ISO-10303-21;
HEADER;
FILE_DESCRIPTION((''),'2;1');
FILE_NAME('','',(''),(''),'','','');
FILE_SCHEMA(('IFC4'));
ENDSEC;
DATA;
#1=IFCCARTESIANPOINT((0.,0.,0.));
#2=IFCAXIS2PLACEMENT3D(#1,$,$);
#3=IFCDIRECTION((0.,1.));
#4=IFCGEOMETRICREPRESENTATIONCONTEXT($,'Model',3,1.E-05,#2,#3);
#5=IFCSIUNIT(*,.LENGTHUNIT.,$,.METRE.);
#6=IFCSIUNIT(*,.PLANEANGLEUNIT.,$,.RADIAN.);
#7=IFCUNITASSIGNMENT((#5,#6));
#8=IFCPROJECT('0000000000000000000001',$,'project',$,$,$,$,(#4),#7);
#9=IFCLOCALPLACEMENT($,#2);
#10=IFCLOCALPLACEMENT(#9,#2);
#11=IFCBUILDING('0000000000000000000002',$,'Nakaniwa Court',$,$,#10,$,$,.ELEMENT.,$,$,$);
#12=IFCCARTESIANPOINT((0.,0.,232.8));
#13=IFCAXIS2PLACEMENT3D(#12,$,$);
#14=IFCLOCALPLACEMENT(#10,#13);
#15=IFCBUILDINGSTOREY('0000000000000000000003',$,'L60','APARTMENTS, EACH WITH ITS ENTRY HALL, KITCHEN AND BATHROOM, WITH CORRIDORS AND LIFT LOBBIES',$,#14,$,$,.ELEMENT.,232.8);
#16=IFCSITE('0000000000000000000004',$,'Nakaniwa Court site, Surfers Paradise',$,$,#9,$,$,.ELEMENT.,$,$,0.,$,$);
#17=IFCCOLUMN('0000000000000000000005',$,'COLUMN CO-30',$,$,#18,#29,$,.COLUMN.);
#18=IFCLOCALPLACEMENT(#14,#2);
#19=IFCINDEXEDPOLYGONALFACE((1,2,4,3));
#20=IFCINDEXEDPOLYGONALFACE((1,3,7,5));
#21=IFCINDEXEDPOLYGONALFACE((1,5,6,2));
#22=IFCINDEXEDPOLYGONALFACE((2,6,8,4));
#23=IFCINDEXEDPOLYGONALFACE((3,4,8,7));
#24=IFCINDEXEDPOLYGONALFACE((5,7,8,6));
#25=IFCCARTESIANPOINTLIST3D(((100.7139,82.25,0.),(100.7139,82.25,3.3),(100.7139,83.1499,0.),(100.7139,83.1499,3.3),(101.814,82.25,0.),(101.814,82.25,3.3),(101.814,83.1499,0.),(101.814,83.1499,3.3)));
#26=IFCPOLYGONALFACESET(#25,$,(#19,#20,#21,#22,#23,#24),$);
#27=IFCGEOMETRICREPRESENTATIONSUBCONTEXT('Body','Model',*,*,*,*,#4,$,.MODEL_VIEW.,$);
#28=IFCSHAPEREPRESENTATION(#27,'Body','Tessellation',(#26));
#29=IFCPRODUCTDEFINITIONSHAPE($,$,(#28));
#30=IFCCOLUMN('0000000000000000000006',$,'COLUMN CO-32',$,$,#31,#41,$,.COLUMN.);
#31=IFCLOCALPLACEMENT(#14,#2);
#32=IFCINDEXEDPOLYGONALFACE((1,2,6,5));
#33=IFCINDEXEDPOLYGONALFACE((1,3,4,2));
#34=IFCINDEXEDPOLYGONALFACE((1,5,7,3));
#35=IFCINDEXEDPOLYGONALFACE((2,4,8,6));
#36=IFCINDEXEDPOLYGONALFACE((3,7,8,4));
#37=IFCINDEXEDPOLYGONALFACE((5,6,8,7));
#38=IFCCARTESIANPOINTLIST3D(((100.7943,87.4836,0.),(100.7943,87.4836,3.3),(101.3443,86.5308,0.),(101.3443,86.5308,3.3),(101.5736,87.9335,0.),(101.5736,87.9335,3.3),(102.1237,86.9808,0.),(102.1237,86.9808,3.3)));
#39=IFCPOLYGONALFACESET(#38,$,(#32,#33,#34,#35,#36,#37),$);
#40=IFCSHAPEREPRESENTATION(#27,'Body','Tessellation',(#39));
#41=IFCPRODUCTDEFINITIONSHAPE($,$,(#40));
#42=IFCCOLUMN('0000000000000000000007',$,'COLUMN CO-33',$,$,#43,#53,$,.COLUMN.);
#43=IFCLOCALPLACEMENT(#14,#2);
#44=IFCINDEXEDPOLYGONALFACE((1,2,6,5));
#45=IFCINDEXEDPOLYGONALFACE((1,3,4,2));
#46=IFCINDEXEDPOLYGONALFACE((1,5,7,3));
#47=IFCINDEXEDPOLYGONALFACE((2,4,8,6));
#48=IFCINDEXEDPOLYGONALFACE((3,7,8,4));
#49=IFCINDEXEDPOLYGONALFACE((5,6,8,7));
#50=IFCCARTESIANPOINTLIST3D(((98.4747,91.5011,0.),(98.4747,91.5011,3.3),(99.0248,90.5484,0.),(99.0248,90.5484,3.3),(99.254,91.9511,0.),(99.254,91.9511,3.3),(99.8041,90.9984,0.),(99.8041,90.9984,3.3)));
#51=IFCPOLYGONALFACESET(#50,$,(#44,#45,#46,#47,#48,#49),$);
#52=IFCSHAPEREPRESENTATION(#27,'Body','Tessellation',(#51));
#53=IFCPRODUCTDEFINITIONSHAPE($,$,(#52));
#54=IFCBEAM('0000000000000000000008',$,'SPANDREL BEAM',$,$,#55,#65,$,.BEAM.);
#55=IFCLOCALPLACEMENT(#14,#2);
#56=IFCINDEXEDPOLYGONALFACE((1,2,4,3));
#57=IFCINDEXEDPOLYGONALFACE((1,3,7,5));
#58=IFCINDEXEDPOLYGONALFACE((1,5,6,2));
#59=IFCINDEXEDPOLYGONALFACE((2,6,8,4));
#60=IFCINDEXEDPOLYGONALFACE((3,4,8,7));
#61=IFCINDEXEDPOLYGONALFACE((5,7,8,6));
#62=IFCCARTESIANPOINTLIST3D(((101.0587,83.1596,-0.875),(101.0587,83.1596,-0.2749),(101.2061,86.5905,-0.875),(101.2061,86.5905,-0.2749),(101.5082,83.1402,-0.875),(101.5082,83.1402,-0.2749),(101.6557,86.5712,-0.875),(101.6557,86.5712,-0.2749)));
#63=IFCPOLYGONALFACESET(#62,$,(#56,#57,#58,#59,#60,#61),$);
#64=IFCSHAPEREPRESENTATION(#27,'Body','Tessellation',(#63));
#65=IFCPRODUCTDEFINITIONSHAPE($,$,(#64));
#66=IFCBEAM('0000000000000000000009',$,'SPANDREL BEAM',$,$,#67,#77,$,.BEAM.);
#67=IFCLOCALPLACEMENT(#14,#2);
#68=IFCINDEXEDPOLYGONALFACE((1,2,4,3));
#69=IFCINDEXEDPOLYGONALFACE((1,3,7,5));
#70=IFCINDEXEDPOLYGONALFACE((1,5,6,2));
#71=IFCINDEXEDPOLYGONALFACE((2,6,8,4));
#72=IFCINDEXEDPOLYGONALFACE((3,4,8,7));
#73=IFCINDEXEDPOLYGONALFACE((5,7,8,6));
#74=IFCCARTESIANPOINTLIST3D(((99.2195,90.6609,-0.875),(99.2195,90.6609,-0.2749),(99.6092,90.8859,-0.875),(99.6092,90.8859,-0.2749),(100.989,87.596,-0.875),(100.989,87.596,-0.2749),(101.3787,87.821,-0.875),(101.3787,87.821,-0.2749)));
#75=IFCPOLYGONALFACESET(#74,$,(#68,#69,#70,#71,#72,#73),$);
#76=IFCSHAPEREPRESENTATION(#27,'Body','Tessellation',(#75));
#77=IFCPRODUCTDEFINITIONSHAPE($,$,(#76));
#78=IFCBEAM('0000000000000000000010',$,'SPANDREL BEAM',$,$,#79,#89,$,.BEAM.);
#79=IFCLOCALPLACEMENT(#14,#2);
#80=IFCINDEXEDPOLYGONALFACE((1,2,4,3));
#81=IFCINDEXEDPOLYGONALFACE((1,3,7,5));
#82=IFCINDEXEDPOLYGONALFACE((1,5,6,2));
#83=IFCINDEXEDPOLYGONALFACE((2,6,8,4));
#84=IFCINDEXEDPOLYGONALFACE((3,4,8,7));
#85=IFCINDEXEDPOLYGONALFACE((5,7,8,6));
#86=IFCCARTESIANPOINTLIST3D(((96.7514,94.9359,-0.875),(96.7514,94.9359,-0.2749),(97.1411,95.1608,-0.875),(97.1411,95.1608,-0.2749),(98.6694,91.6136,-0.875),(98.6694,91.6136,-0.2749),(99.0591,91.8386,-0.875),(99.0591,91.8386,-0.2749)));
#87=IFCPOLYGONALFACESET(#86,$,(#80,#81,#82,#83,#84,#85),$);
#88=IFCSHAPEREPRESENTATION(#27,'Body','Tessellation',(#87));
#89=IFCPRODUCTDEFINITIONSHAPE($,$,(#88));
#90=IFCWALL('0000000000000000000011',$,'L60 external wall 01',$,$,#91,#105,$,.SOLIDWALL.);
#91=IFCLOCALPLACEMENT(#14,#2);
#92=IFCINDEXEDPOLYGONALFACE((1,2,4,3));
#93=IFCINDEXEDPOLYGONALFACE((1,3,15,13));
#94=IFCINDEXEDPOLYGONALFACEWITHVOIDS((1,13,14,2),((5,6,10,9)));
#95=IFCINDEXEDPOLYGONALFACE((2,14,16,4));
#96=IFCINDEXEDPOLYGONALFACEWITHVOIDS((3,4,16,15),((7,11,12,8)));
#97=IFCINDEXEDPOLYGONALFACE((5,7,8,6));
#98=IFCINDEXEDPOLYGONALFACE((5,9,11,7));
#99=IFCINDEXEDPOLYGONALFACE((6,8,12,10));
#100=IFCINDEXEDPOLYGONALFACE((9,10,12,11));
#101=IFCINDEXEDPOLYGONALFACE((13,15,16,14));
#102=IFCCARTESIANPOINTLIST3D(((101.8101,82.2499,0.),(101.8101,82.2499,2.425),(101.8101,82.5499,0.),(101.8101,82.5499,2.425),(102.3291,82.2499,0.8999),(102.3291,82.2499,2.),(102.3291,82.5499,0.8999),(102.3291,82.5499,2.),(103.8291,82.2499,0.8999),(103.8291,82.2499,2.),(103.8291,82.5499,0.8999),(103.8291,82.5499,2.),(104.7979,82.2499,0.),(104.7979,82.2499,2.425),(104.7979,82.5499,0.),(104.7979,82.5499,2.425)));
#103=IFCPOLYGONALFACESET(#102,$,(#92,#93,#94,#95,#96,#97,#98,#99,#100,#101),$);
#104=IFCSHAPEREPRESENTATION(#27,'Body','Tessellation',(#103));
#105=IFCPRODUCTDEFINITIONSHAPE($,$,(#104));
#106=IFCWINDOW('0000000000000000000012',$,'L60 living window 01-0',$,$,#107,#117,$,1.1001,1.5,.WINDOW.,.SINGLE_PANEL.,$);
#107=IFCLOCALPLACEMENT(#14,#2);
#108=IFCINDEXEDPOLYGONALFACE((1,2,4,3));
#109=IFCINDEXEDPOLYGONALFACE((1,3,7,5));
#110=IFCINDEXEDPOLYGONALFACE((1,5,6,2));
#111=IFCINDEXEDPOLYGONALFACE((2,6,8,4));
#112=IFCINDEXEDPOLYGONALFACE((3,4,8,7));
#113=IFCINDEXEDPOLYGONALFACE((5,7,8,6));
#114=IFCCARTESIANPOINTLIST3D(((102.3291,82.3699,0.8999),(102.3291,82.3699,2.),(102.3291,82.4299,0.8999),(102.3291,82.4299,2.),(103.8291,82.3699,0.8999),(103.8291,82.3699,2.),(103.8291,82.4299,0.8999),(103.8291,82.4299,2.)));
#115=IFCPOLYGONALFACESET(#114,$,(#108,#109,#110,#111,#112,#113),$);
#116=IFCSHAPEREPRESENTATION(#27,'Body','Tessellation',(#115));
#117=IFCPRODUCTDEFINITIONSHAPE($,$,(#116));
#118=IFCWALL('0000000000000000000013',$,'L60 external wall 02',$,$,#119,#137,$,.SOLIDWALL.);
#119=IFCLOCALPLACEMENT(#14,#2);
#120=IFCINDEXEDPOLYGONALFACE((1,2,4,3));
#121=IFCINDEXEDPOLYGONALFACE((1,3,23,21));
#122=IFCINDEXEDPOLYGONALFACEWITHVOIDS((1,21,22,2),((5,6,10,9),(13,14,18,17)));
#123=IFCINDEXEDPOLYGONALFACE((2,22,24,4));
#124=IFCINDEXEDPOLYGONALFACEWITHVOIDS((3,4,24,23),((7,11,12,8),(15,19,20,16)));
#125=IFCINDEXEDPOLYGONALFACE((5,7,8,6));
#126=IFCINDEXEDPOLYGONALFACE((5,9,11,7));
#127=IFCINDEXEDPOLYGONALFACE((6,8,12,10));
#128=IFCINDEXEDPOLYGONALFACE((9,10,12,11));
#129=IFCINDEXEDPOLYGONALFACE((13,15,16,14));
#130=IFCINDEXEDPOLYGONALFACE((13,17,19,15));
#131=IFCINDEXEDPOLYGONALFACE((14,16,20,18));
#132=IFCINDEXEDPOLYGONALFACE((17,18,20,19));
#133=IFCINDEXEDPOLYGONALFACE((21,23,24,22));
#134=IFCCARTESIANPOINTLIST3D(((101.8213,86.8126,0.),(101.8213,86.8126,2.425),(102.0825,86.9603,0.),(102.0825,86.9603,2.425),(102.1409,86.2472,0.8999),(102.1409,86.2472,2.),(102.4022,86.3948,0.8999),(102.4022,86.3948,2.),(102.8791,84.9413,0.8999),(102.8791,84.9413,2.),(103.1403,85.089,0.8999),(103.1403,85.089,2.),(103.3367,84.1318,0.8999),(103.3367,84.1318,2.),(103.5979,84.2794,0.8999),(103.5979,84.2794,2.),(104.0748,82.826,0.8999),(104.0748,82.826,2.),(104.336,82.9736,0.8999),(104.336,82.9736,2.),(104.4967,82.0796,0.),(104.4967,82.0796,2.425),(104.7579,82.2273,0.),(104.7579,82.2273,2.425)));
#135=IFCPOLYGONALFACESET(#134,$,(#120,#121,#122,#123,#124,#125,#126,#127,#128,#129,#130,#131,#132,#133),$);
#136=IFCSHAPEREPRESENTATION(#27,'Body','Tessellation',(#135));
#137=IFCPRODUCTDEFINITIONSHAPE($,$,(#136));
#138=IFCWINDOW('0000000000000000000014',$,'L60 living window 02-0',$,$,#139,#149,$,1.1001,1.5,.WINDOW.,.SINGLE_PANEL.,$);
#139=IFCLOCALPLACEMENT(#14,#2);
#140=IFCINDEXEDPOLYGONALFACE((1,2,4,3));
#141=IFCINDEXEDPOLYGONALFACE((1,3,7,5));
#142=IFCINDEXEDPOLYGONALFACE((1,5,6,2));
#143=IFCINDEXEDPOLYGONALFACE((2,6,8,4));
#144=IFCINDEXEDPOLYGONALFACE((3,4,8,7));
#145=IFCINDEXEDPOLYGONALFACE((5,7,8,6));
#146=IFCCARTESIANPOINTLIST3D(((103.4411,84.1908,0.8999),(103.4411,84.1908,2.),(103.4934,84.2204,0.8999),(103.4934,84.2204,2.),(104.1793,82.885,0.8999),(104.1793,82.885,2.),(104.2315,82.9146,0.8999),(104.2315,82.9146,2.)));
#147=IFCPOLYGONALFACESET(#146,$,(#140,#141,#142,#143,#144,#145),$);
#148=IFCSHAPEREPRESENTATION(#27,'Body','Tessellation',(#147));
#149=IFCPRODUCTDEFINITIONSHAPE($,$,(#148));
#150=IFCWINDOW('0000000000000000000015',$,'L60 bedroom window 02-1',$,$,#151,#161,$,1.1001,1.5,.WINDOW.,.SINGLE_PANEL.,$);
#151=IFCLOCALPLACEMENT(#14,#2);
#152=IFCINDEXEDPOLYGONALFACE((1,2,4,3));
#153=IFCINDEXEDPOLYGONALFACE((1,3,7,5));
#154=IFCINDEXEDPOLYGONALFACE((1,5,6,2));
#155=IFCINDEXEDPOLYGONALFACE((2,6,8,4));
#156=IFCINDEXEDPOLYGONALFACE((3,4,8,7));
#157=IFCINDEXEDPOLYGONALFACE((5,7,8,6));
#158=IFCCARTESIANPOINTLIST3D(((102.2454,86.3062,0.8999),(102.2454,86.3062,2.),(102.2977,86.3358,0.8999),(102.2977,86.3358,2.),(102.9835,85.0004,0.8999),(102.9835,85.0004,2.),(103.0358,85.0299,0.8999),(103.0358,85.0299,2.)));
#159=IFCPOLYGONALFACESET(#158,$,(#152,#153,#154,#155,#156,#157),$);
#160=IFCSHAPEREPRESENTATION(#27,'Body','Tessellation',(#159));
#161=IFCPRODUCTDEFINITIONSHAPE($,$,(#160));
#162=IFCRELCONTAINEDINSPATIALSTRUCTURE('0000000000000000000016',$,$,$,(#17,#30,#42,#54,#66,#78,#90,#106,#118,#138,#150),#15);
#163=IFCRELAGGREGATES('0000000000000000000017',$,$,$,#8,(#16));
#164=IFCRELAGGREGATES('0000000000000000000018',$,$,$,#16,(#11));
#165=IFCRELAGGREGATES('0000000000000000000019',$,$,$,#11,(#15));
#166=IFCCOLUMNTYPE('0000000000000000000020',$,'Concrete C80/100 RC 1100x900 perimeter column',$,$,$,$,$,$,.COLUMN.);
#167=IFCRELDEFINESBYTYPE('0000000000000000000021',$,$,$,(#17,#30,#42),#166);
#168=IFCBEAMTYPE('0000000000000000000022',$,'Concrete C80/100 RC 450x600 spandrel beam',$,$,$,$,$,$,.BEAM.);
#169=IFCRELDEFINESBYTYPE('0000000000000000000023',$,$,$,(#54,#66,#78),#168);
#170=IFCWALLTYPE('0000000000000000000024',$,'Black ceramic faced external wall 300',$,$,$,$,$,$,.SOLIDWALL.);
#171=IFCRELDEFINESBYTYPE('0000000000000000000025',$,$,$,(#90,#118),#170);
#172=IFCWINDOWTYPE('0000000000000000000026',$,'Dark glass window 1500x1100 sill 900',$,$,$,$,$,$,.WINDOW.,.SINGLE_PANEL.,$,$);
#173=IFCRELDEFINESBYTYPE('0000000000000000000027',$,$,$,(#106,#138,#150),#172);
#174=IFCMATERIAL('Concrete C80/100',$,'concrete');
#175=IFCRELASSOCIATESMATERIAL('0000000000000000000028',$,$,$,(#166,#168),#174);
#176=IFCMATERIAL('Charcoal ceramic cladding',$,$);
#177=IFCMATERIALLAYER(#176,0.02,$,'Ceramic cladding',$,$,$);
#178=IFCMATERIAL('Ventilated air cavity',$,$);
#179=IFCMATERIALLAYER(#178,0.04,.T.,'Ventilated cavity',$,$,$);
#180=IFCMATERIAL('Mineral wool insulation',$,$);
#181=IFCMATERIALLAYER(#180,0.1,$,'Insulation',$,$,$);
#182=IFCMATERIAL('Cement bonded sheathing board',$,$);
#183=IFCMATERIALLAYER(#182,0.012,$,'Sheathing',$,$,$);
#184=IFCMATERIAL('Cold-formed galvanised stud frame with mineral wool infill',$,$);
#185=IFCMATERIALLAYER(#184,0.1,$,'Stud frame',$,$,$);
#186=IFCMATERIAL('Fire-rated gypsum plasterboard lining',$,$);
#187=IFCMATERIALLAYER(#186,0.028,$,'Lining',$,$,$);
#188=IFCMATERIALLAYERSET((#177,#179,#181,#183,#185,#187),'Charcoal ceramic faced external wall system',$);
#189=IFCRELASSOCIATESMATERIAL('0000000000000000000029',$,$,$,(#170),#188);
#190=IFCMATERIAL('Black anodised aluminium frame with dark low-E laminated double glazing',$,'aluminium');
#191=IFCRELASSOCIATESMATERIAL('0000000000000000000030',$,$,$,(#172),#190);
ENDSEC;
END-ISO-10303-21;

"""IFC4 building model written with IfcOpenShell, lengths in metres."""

from ifc_helpers import new_model, si_unit, direction, frame, frame_2d, origin, origin_2d, place, context, subcontext, project, spatial, rectangle, extrude, material, layer, layer_set, material_profile, profile_set, type_object, element, fill, save


model = new_model("IFC4")

# Units and contexts
model_context = context("Model", 3, precision=1e-05, world=origin(), true_north=direction((0.0, 1.0)))
body_context = subcontext(model_context, "Body", "Model", "MODEL_VIEW")
ifc_project = project(units=[si_unit("LENGTHUNIT", "METRE"), si_unit("PLANEANGLEUNIT", "RADIAN")], contexts=[model_context])

# Site, building, storey
site_placement = place(None, origin())
site = spatial("IfcSite", under=ifc_project, at=site_placement, Name="Nakaniwa Court site, Surfers Paradise", CompositionType="ELEMENT", RefElevation=0.0)
building_placement = place(site_placement, origin())
building = spatial("IfcBuilding", under=site, at=building_placement, Name="Nakaniwa Court", CompositionType="ELEMENT")
storey_placement = place(building_placement, frame((0.0, 0.0, 232.8)))
storey = spatial("IfcBuildingStorey", under=building, at=storey_placement, Name="L60", Description="APARTMENTS, EACH WITH ITS ENTRY HALL, KITCHEN AND BATHROOM, WITH CORRIDORS AND LIFT LOBBIES", CompositionType="ELEMENT", Elevation=232.8)

# Columns
ifc_material_1 = material(Name="Concrete C80/100", Category="concrete")
ifc_material_profile_1 = material_profile(ifc_material_1, rectangle(XDim=1.1001, YDim=0.8999, at=origin_2d()), Name="Concrete C80/100 RC 1100x900 perimeter column")
ifc_profile_set_1 = profile_set([ifc_material_profile_1], Name="Concrete C80/100")
column_type = type_object("IfcColumnType", Name="Concrete C80/100 RC 1100x900 perimeter column", PredefinedType="COLUMN", material=ifc_profile_set_1)
for number, where, z_axis, x_axis, name in (
    (1, (101.2639, 82.7, 0.0), (0.0, 0.0, 1.0), (1.0, 0.0, 0.0), "COLUMN CO-30"),
    (2, (101.459, 87.2322, 0.0), (0.0, 0.0, 1.0), (-0.5, 0.866025, 0.0), "COLUMN CO-32"),
    (3, (99.1394, 91.2498, 0.0), (0.0, 0.0, 1.0), (-0.5, 0.866025, 0.0), "COLUMN CO-33"),
):
    element("IfcColumn", number, at=place(storey_placement, frame(where, z_axis=z_axis, x_axis=x_axis)), inside=storey, type_object=column_type, Name=name, PredefinedType="COLUMN", context=body_context, shape_type="SweptSolid", body=[
        extrude(rectangle(XDim=1.1001, YDim=0.8999, at=origin_2d()), origin(), (0.0, 0.0, 1.0), 3.3),
    ])

# Beams
ifc_material_profile_2 = material_profile(ifc_material_1, rectangle(XDim=0.45, YDim=0.6001, at=origin_2d()), Name="Concrete C80/100 RC 450x600 spandrel beam")
ifc_profile_set_2 = profile_set([ifc_material_profile_2], Name="Concrete C80/100")
beam_type = type_object("IfcBeamType", Name="Concrete C80/100 RC 450x600 spandrel beam", PredefinedType="BEAM", material=ifc_profile_set_2)
beam_1_placement = place(storey_placement, frame((101.2834, 83.1499, -0.575), z_axis=(0.042941, 0.999078, 0.0), x_axis=(-0.999078, 0.042941, 0.0)))
element("IfcBeam", 4, at=beam_1_placement, inside=storey, type_object=beam_type, Name="SPANDREL BEAM", PredefinedType="BEAM", context=body_context, shape_type="SweptSolid", body=[
    extrude(rectangle(XDim=0.45, YDim=0.6001, at=origin_2d()), origin(), (0.0, 0.0, 1.0), 3.4341),
])
beam_2_placement = place(storey_placement, frame((101.1838, 87.7085, -0.575), z_axis=(-0.499997, 0.866027, 0.0), x_axis=(-0.866027, -0.499997, 0.0)))
element("IfcBeam", 5, at=beam_2_placement, inside=storey, type_object=beam_type, Name="SPANDREL BEAM", PredefinedType="BEAM", context=body_context, shape_type="SweptSolid", body=[
    extrude(rectangle(XDim=0.45, YDim=0.6001, at=origin_2d()), origin(), (0.0, 0.0, 1.0), 3.5391),
])
beam_3_placement = place(storey_placement, frame((98.8643, 91.7261, -0.575), z_axis=(-0.499972, 0.866041, 0.0), x_axis=(-0.866041, -0.499972, 0.0)))
element("IfcBeam", 6, at=beam_3_placement, inside=storey, type_object=beam_type, Name="SPANDREL BEAM", PredefinedType="BEAM", context=body_context, shape_type="SweptSolid", body=[
    extrude(rectangle(XDim=0.45, YDim=0.6001, at=origin_2d()), origin(), (0.0, 0.0, 1.0), 3.8362),
])

# Wall, opening, window
ifc_material_2 = material(Name="Charcoal ceramic cladding")
ifc_layer_1 = layer(ifc_material_2, 0.02, Name="Ceramic cladding")
ifc_material_3 = material(Name="Ventilated air cavity")
ifc_layer_2 = layer(ifc_material_3, 0.04, ventilated=True, Name="Ventilated cavity")
ifc_material_4 = material(Name="Mineral wool insulation")
ifc_layer_3 = layer(ifc_material_4, 0.1, Name="Insulation")
ifc_material_5 = material(Name="Cement bonded sheathing board")
ifc_layer_4 = layer(ifc_material_5, 0.012, Name="Sheathing")
ifc_material_6 = material(Name="Cold-formed galvanised stud frame with mineral wool infill")
ifc_layer_5 = layer(ifc_material_6, 0.1, Name="Stud frame")
ifc_material_7 = material(Name="Fire-rated gypsum plasterboard lining")
ifc_layer_6 = layer(ifc_material_7, 0.028, Name="Lining")
ifc_layer_set = layer_set([ifc_layer_1, ifc_layer_2, ifc_layer_3, ifc_layer_4, ifc_layer_5, ifc_layer_6], Name="Charcoal ceramic faced external wall system")
wall_type = type_object("IfcWallType", Name="Black ceramic faced external wall 300", PredefinedType="SOLIDWALL", material=ifc_layer_set)
wall_1_placement = place(storey_placement, frame((101.8101, 82.3999, 0.0), z_axis=(0.0, 0.0, 1.0), x_axis=(1.0, 0.0, 0.0)))
wall_1 = element("IfcWall", 7, at=wall_1_placement, inside=storey, type_object=wall_type, Name="L60 external wall 01", PredefinedType="SOLIDWALL", context=body_context, shape_type="SweptSolid", body=[
    extrude(rectangle(XDim=2.9878, YDim=0.3, at=frame_2d((1.4939, 0.0))), origin(), (0.0, 0.0, 1.0), 2.425),
])
opening_1_placement = place(wall_1_placement, frame((0.519, 0.0, 0.8999)))
opening_1 = element("IfcOpeningElement", 8, at=opening_1_placement, cuts=wall_1, PredefinedType="OPENING", context=body_context, shape_type="SweptSolid", body=[
    extrude(rectangle(XDim=1.5, YDim=1.1001, at=frame_2d((0.75, 0.55))), frame((0.0, 0.1599, 0.0), z_axis=(0.0, -1.0, 0.0), x_axis=(1.0, 0.0, 0.0)), (0.0, 0.0, 1.0), 0.3201),
])
ifc_material_8 = material(Name="Black anodised aluminium frame with dark low-E laminated double glazing", Category="aluminium")
window_type = type_object("IfcWindowType", Name="Dark glass window 1500x1100 sill 900", PartitioningType="SINGLE_PANEL", PredefinedType="WINDOW", material=ifc_material_8)
window_1_placement = place(opening_1_placement, origin())
window_1 = element("IfcWindow", 9, at=window_1_placement, inside=storey, type_object=window_type, Name="L60 living window 01-0", OverallHeight=1.1001, OverallWidth=1.5, PartitioningType="SINGLE_PANEL", PredefinedType="WINDOW", context=body_context, shape_type="SweptSolid", body=[
    extrude(rectangle(XDim=1.5, YDim=1.1001, at=frame_2d((0.75, 0.55))), frame((0.0, 0.03, 0.0), z_axis=(0.0, -1.0, 0.0), x_axis=(1.0, 0.0, 0.0)), (0.0, 0.0, 1.0), 0.0601),
])
fill(opening_1, window_1)

# Wall, openings, windows
wall_2_placement = place(storey_placement, frame((104.6272, 82.1536, 0.0), z_axis=(0.0, 0.0, 1.0), x_axis=(-0.492081, 0.870549, 0.0)))
wall_2 = element("IfcWall", 10, at=wall_2_placement, inside=storey, type_object=wall_type, Name="L60 external wall 02", PredefinedType="SOLIDWALL", context=body_context, shape_type="SweptSolid", body=[
    extrude(rectangle(XDim=5.4368, YDim=0.3, at=frame_2d((2.7183, 0.0))), origin(), (0.0, 0.0, 1.0), 2.425),
])
opening_2_placement = place(wall_2_placement, frame((0.8572, 0.0, 0.8999)))
opening_2 = element("IfcOpeningElement", 11, at=opening_2_placement, cuts=wall_2, PredefinedType="OPENING", context=body_context, shape_type="SweptSolid", body=[
    extrude(rectangle(XDim=1.5, YDim=1.1001, at=frame_2d((0.75, 0.55))), frame((0.0, 0.1599, 0.0), z_axis=(0.0, -1.0, 0.0), x_axis=(1.0, 0.0, 0.0)), (0.0, 0.0, 1.0), 0.3201),
])
opening_3_placement = place(wall_2_placement, frame((3.2871, 0.0, 0.8999)))
opening_3 = element("IfcOpeningElement", 12, at=opening_3_placement, cuts=wall_2, PredefinedType="OPENING", context=body_context, shape_type="SweptSolid", body=[
    extrude(rectangle(XDim=1.5, YDim=1.1001, at=frame_2d((0.75, 0.55))), frame((0.0, 0.1599, 0.0), z_axis=(0.0, -1.0, 0.0), x_axis=(1.0, 0.0, 0.0)), (0.0, 0.0, 1.0), 0.3201),
])
window_2_placement = place(opening_2_placement, origin())
window_2 = element("IfcWindow", 13, at=window_2_placement, inside=storey, type_object=window_type, Name="L60 living window 02-0", OverallHeight=1.1001, OverallWidth=1.5, PartitioningType="SINGLE_PANEL", PredefinedType="WINDOW", context=body_context, shape_type="SweptSolid", body=[
    extrude(rectangle(XDim=1.5, YDim=1.1001, at=frame_2d((0.75, 0.55))), frame((0.0, 0.03, 0.0), z_axis=(0.0, -1.0, 0.0), x_axis=(1.0, 0.0, 0.0)), (0.0, 0.0, 1.0), 0.0601),
])
fill(opening_2, window_2)
window_3_placement = place(opening_3_placement, origin())
window_3 = element("IfcWindow", 14, at=window_3_placement, inside=storey, type_object=window_type, Name="L60 bedroom window 02-1", OverallHeight=1.1001, OverallWidth=1.5, PartitioningType="SINGLE_PANEL", PredefinedType="WINDOW", context=body_context, shape_type="SweptSolid", body=[
    extrude(rectangle(XDim=1.5, YDim=1.1001, at=frame_2d((0.75, 0.55))), frame((0.0, 0.03, 0.0), z_axis=(0.0, -1.0, 0.0), x_axis=(1.0, 0.0, 0.0)), (0.0, 0.0, 1.0), 0.0601),
])
fill(opening_3, window_3)

save(model, "model.ifc")
